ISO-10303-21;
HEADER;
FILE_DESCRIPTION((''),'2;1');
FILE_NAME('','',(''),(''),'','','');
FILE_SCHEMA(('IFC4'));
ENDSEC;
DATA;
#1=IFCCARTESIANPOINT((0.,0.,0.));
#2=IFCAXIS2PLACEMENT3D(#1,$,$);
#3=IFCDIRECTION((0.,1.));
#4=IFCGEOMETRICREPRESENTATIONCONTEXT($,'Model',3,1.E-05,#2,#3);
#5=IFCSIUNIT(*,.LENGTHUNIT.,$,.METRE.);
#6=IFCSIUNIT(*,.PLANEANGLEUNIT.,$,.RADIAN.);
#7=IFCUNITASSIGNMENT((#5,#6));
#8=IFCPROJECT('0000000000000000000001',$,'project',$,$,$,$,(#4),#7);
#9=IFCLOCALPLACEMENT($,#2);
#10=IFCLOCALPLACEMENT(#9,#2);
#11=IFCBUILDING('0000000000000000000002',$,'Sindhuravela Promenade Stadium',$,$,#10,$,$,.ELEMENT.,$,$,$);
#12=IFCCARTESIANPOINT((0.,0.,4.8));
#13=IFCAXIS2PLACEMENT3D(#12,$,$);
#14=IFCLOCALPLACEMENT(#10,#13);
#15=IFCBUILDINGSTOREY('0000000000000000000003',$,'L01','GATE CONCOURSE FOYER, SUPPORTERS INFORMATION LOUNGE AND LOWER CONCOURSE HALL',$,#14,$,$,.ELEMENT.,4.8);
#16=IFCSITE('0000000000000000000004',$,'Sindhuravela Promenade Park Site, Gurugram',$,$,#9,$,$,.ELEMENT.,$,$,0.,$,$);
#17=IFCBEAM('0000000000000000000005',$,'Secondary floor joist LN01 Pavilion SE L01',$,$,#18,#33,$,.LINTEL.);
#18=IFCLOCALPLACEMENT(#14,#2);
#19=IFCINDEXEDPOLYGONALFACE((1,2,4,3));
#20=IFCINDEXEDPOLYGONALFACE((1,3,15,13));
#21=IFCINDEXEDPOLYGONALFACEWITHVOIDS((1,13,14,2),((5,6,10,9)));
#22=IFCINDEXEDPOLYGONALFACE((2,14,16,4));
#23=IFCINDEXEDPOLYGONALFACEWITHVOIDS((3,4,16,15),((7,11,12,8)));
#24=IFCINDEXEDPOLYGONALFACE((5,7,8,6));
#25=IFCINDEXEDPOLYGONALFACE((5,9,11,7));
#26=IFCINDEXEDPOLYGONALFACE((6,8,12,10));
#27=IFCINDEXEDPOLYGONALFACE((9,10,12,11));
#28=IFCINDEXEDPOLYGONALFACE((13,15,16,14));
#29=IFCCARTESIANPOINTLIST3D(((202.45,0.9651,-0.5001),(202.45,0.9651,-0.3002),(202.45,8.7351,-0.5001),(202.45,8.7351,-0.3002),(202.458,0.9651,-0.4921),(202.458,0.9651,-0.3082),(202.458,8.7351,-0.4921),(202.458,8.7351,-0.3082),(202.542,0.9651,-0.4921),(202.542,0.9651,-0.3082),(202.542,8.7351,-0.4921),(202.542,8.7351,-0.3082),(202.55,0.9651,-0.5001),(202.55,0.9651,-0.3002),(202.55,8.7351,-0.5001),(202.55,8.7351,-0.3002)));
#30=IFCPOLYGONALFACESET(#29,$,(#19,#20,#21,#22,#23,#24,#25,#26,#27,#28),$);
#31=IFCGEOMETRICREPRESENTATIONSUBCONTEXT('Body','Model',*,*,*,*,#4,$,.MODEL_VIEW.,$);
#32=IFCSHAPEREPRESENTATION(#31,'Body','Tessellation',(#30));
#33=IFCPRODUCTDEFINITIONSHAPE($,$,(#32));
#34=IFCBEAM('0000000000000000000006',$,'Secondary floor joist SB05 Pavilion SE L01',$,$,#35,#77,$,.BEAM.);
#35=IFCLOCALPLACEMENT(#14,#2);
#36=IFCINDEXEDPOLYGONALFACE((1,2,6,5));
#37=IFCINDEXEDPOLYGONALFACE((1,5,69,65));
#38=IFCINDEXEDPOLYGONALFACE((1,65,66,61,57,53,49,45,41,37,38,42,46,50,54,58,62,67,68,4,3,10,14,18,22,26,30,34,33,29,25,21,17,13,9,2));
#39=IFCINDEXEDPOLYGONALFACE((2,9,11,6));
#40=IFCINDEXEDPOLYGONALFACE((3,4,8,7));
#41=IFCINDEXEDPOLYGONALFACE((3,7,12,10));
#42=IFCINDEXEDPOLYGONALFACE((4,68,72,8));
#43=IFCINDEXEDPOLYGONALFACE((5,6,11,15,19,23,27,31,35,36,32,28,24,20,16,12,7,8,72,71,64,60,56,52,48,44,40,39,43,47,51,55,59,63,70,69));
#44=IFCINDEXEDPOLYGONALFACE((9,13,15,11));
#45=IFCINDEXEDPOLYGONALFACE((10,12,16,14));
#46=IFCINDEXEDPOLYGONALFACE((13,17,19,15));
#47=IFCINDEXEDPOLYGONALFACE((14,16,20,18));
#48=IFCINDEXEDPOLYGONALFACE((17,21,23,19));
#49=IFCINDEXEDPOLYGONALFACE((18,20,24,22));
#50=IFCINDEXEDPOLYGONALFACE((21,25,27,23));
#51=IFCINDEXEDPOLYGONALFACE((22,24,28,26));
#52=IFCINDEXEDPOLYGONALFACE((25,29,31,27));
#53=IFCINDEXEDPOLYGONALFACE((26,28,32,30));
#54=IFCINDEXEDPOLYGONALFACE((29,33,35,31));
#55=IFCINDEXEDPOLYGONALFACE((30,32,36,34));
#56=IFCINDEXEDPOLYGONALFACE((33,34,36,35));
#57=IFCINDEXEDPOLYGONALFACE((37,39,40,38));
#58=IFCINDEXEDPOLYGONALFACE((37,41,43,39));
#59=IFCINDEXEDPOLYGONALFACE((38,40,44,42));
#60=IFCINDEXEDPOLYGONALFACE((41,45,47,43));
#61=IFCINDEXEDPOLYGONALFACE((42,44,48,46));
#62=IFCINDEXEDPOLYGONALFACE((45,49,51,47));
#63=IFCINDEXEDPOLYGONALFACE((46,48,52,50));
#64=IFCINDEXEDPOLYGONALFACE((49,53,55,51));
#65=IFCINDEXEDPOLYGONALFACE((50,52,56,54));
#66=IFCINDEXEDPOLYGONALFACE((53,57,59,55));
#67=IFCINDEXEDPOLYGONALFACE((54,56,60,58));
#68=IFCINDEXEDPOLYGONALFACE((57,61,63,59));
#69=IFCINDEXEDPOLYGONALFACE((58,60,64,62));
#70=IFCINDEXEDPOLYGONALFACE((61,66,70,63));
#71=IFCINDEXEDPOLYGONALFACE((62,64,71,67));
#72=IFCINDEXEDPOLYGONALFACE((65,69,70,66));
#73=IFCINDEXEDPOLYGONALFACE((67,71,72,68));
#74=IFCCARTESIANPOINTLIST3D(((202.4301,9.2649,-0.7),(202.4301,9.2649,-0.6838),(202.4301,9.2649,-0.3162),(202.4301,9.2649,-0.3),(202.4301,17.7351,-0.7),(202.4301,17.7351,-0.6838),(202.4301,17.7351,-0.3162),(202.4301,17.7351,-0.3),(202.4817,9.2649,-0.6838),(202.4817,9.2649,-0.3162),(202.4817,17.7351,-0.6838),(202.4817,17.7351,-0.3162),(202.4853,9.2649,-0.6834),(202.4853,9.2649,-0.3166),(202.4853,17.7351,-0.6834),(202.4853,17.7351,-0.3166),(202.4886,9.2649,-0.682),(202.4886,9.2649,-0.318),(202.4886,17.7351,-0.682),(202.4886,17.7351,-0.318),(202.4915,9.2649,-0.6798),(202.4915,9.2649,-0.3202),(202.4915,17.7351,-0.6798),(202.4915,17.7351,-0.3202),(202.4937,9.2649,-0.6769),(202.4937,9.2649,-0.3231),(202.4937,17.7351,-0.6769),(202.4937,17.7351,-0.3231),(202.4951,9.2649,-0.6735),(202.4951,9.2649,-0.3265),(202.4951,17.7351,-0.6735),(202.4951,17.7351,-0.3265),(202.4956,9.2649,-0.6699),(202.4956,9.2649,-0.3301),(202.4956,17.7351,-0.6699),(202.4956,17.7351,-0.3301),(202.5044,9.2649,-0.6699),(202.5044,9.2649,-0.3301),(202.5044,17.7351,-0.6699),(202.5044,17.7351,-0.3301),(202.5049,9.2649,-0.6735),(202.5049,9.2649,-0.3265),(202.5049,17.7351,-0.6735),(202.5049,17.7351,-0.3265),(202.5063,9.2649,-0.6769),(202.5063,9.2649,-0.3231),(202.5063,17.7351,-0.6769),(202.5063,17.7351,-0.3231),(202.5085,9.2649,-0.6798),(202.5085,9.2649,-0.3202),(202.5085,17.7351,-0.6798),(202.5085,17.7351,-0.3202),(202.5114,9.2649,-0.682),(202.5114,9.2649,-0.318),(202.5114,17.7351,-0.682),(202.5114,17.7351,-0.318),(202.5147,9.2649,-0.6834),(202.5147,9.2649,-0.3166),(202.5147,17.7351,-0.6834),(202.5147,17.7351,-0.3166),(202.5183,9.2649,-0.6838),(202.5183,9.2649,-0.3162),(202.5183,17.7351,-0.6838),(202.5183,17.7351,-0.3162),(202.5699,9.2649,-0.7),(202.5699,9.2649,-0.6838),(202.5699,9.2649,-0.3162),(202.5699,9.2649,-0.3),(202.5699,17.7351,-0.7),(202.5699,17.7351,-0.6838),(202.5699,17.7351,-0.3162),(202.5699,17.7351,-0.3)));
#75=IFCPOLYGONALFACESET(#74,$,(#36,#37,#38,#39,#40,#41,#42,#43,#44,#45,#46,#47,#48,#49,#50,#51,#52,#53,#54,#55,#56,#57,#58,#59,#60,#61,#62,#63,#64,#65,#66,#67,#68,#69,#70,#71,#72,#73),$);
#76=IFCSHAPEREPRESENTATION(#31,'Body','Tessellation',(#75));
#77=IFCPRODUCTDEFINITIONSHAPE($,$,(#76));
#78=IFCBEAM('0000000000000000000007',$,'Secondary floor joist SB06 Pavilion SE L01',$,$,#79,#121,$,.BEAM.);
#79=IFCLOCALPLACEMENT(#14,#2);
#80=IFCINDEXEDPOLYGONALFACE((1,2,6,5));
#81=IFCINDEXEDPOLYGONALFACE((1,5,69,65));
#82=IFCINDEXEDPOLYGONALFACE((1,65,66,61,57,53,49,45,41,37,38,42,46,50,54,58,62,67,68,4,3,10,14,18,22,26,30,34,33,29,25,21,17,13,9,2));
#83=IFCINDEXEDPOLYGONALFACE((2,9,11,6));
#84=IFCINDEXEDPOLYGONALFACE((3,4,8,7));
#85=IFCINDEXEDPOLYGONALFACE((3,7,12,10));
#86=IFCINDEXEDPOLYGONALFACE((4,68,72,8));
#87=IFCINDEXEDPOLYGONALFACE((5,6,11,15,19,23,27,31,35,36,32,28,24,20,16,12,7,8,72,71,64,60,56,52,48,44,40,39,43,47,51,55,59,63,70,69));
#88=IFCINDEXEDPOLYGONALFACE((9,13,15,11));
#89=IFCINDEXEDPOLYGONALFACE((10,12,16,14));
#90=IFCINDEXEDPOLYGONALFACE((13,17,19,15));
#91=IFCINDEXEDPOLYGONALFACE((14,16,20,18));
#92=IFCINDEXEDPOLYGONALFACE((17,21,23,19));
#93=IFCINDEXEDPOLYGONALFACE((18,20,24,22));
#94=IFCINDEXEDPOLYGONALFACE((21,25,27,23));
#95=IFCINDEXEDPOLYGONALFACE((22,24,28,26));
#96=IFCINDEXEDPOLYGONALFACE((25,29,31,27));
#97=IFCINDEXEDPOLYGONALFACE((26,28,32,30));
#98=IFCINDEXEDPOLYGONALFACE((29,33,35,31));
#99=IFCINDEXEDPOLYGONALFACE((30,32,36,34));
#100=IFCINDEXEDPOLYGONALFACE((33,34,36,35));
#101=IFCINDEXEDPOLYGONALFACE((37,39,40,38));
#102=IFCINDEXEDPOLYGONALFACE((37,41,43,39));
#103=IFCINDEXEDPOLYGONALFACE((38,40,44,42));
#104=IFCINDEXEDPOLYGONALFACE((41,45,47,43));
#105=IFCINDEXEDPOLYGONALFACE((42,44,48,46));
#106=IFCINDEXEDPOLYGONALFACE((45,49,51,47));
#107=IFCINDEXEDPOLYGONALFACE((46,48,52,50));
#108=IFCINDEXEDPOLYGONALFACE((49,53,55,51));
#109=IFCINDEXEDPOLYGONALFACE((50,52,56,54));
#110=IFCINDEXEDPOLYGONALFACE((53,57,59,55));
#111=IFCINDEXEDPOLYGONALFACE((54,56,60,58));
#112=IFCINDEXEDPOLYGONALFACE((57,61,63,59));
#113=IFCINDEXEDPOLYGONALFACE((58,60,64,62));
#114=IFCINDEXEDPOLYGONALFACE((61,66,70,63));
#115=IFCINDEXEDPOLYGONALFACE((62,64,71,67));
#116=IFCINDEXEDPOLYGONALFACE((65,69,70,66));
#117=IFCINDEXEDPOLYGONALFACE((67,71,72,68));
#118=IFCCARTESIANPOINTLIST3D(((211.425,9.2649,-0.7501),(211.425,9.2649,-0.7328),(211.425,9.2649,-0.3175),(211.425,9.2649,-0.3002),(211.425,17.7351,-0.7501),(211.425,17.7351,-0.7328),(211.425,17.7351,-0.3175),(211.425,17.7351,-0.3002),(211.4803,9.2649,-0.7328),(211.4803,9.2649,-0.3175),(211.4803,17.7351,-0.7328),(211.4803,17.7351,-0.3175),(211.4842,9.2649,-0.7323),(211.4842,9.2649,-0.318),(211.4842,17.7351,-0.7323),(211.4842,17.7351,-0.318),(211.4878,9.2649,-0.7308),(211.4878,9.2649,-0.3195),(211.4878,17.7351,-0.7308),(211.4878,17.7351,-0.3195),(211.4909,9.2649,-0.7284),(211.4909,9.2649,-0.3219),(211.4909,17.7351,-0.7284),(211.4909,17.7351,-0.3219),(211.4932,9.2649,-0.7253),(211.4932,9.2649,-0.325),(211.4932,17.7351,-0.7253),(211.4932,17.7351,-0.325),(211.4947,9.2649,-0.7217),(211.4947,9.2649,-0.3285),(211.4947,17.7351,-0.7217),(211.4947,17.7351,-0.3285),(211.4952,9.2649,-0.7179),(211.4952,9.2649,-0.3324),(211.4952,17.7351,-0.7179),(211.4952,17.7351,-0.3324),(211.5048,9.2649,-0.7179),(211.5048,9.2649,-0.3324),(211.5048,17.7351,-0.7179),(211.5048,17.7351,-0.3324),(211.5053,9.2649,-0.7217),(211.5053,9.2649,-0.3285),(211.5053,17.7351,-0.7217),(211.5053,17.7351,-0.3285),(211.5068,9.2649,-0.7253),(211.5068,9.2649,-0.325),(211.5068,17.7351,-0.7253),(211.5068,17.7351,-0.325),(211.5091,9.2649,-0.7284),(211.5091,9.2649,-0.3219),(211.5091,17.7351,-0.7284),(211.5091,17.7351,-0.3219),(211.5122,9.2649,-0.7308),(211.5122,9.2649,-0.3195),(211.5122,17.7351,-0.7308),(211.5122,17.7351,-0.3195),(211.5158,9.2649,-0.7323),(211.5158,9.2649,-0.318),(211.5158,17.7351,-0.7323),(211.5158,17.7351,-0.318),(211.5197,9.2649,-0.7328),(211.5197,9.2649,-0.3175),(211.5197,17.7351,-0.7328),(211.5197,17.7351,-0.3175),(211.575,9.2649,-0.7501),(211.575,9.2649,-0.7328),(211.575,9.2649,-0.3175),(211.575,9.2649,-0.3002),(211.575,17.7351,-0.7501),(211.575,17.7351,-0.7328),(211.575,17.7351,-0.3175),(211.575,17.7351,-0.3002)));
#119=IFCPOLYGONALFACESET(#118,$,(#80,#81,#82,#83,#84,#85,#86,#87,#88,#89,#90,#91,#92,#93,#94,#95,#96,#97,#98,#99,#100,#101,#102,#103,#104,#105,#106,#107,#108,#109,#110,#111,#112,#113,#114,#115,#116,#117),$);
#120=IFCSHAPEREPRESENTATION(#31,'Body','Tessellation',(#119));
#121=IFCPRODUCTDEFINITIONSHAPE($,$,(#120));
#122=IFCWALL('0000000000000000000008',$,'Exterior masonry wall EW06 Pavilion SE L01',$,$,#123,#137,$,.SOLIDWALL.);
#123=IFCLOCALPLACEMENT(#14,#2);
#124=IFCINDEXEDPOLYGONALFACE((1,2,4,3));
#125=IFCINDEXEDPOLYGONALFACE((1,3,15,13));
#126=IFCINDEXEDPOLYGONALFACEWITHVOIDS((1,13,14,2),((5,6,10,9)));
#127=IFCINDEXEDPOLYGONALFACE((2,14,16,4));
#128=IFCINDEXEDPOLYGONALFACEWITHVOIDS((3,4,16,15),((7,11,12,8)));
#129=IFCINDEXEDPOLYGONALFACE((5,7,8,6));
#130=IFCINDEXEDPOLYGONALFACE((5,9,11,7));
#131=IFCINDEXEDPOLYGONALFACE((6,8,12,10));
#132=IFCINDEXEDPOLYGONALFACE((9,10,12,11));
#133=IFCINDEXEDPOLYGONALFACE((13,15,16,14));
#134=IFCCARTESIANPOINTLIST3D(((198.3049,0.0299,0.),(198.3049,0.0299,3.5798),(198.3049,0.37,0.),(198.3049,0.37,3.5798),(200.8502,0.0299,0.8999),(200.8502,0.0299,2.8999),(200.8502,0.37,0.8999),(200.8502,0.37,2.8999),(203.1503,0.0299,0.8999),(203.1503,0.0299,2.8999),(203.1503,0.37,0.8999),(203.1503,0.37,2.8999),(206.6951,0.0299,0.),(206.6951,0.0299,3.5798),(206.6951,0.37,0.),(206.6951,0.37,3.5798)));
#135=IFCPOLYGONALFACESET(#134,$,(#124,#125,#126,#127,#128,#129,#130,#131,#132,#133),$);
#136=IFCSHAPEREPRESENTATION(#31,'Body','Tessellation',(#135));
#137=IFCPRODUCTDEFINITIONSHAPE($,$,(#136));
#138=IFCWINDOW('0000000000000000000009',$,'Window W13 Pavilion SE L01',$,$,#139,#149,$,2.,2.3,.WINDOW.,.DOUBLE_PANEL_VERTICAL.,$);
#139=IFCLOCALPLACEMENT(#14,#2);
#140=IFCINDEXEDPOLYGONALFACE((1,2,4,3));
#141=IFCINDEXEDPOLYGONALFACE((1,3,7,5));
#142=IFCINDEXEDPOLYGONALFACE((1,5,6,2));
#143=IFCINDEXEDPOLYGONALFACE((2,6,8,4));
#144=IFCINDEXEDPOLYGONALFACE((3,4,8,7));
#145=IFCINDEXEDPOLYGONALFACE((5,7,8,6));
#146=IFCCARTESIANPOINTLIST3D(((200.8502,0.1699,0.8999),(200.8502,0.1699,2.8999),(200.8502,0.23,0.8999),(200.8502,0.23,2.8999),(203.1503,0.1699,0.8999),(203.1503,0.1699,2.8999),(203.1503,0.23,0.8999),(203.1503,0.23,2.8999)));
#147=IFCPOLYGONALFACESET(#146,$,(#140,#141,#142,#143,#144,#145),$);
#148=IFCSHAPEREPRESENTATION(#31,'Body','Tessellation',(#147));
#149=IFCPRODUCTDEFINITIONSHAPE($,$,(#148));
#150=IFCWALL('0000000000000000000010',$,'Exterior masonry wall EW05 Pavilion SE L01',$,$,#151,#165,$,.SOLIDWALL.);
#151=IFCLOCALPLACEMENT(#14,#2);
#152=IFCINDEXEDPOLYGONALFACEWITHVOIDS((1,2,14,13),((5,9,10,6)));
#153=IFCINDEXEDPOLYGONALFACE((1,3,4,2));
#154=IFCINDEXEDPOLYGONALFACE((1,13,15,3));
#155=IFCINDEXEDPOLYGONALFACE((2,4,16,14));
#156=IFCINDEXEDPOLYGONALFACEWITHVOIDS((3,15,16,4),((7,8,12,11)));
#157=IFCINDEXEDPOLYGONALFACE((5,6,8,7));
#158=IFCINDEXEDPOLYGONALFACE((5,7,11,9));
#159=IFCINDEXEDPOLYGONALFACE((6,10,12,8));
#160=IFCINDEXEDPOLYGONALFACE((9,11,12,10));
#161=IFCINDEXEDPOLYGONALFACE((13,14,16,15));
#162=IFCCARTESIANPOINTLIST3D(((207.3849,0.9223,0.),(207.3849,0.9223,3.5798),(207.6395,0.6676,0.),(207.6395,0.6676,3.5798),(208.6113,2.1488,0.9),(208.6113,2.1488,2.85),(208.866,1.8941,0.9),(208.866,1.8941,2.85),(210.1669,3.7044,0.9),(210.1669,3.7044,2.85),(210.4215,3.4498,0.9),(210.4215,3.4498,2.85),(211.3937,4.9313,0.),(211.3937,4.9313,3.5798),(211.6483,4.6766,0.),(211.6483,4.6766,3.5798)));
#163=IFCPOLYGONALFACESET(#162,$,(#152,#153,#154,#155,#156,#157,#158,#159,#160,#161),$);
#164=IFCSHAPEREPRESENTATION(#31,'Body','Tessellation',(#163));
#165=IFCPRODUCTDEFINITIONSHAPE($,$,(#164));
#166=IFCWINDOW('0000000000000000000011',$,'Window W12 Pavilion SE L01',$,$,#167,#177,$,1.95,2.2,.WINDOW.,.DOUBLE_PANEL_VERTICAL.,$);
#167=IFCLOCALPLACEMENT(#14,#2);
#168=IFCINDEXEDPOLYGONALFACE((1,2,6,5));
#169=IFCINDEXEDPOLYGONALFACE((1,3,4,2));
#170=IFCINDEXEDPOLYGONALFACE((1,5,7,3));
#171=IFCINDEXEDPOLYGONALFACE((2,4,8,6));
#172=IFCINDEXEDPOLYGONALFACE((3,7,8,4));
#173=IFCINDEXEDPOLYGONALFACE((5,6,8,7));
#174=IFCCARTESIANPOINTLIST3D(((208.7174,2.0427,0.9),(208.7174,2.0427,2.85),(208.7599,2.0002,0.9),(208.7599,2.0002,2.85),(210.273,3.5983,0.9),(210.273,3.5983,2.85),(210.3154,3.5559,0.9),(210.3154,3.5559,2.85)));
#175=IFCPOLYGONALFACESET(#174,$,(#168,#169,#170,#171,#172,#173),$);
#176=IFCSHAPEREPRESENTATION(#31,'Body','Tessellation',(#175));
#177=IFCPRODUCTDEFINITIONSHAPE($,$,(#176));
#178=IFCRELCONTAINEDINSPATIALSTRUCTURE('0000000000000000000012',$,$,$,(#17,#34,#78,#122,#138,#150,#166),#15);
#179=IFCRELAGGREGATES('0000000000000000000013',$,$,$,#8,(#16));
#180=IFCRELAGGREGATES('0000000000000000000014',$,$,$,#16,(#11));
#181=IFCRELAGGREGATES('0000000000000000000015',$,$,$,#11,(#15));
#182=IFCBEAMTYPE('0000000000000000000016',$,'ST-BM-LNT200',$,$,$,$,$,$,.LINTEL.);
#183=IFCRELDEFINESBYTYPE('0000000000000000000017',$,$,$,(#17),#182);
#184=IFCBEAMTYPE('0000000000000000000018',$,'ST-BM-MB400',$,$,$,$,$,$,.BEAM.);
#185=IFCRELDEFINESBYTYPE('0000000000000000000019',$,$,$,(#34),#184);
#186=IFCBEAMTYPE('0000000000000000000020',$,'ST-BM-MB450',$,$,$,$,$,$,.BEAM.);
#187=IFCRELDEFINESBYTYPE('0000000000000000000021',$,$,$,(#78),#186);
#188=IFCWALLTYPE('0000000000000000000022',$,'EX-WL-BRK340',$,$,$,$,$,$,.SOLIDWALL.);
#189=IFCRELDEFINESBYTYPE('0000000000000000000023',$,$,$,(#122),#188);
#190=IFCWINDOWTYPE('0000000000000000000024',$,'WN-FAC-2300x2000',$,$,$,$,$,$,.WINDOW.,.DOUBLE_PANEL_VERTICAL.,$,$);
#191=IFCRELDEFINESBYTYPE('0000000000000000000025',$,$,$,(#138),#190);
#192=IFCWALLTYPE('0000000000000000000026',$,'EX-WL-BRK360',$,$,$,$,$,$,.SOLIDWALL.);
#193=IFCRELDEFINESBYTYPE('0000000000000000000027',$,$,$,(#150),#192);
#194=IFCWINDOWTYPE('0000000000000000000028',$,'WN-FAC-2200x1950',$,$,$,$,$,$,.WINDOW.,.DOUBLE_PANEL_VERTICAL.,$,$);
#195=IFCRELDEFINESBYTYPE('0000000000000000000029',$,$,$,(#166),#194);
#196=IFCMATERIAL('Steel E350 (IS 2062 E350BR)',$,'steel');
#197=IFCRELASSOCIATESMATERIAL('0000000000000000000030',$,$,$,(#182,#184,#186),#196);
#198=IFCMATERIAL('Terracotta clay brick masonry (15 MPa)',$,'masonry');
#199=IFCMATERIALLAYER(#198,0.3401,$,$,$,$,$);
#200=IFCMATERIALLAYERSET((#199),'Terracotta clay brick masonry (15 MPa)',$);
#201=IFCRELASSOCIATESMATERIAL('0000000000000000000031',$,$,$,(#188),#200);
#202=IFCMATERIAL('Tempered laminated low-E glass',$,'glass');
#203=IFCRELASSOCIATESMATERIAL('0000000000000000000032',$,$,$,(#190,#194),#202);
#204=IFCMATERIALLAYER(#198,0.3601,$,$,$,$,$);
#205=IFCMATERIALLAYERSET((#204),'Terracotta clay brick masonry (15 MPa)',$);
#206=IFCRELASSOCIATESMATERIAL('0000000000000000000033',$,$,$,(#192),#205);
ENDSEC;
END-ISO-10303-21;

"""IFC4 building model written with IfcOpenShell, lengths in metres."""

from ifc_helpers import new_model, si_unit, direction, frame, frame_2d, origin, origin_2d, place, context, subcontext, project, spatial, rectangle, hollow_rectangle, i_section, extrude, material, layer, layer_set, material_profile, profile_set, type_object, element, fill, save


model = new_model("IFC4")

# Units and contexts
model_context = context("Model", 3, precision=1e-05, world=origin(), true_north=direction((0.0, 1.0)))
body_context = subcontext(model_context, "Body", "Model", "MODEL_VIEW")
ifc_project = project(units=[si_unit("LENGTHUNIT", "METRE"), si_unit("PLANEANGLEUNIT", "RADIAN")], contexts=[model_context])

# Site, building, storey
site_placement = place(None, origin())
site = spatial("IfcSite", under=ifc_project, at=site_placement, Name="Sindhuravela Promenade Park Site, Gurugram", CompositionType="ELEMENT", RefElevation=0.0)
building_placement = place(site_placement, origin())
building = spatial("IfcBuilding", under=site, at=building_placement, Name="Sindhuravela Promenade Stadium", CompositionType="ELEMENT")
storey_placement = place(building_placement, frame((0.0, 0.0, 4.8)))
storey = spatial("IfcBuildingStorey", under=building, at=storey_placement, Name="L01", Description="GATE CONCOURSE FOYER, SUPPORTERS INFORMATION LOUNGE AND LOWER CONCOURSE HALL", CompositionType="ELEMENT", Elevation=4.8)

# Beams
ifc_material_1 = material(Name="Steel E350 (IS 2062 E350BR)", Category="steel")
ifc_material_profile_1 = material_profile(ifc_material_1, hollow_rectangle(XDim=0.1001, YDim=0.2, WallThickness=0.0081, at=origin_2d()), Name="RHS 200x100x8")
ifc_profile_set_1 = profile_set([ifc_material_profile_1], Name="Steel E350 (IS 2062 E350BR)")
beam_type_1 = type_object("IfcBeamType", Name="ST-BM-LNT200", PredefinedType="LINTEL", material=ifc_profile_set_1)
beam_1_placement = place(storey_placement, frame((202.5, 0.9651, -0.4001), z_axis=(0.0, 1.0, 0.0), x_axis=(-1.0, 0.0, 0.0)))
element("IfcBeam", 1, at=beam_1_placement, inside=storey, type_object=beam_type_1, Name="Secondary floor joist LN01 Pavilion SE L01", PredefinedType="LINTEL", context=body_context, shape_type="SweptSolid", body=[
    extrude(hollow_rectangle(XDim=0.1001, YDim=0.2, WallThickness=0.0081, at=origin_2d()), origin(), (0.0, 0.0, 1.0), 7.77),
])
ifc_material_profile_2 = material_profile(ifc_material_1, i_section(OverallWidth=0.1399, OverallDepth=0.3999, WebThickness=0.0088, FlangeThickness=0.0161, FilletRadius=0.0139, at=origin_2d()), Name="ISMB 400")
ifc_profile_set_2 = profile_set([ifc_material_profile_2], Name="Steel E350 (IS 2062 E350BR)")
beam_type_2 = type_object("IfcBeamType", Name="ST-BM-MB400", PredefinedType="BEAM", material=ifc_profile_set_2)
beam_2_placement = place(storey_placement, frame((202.5, 9.2649, -0.5), z_axis=(0.0, 1.0, 0.0), x_axis=(-1.0, 0.0, 0.0)))
element("IfcBeam", 2, at=beam_2_placement, inside=storey, type_object=beam_type_2, Name="Secondary floor joist SB05 Pavilion SE L01", PredefinedType="BEAM", context=body_context, shape_type="SweptSolid", body=[
    extrude(i_section(OverallWidth=0.1399, OverallDepth=0.3999, WebThickness=0.0088, FlangeThickness=0.0161, FilletRadius=0.0139, at=origin_2d()), origin(), (0.0, 0.0, 1.0), 8.4702),
])
ifc_material_profile_3 = material_profile(ifc_material_1, i_section(OverallWidth=0.1499, OverallDepth=0.45, WebThickness=0.0095, FlangeThickness=0.0173, FilletRadius=0.0149, at=origin_2d()), Name="ISMB 450")
ifc_profile_set_3 = profile_set([ifc_material_profile_3], Name="Steel E350 (IS 2062 E350BR)")
beam_type_3 = type_object("IfcBeamType", Name="ST-BM-MB450", PredefinedType="BEAM", material=ifc_profile_set_3)
beam_3_placement = place(storey_placement, frame((211.5, 9.2649, -0.5251), z_axis=(0.0, 1.0, 0.0), x_axis=(-1.0, 0.0, 0.0)))
element("IfcBeam", 3, at=beam_3_placement, inside=storey, type_object=beam_type_3, Name="Secondary floor joist SB06 Pavilion SE L01", PredefinedType="BEAM", context=body_context, shape_type="SweptSolid", body=[
    extrude(i_section(OverallWidth=0.1499, OverallDepth=0.45, WebThickness=0.0095, FlangeThickness=0.0173, FilletRadius=0.0149, at=origin_2d()), origin(), (0.0, 0.0, 1.0), 8.4702),
])

# Walls, openings, windows
ifc_material_2 = material(Name="Terracotta clay brick masonry (15 MPa)", Category="masonry")
ifc_layer_1 = layer(ifc_material_2, 0.3401)
ifc_layer_set_1 = layer_set([ifc_layer_1], Name="Terracotta clay brick masonry (15 MPa)")
wall_type_1 = type_object("IfcWallType", Name="EX-WL-BRK340", PredefinedType="SOLIDWALL", material=ifc_layer_set_1)
wall_1_placement = place(storey_placement, frame((206.6951, 0.2, 0.0), z_axis=(0.0, 0.0, 1.0), x_axis=(-1.0, 0.0, 0.0)))
wall_1 = element("IfcWall", 4, at=wall_1_placement, inside=storey, type_object=wall_type_1, Name="Exterior masonry wall EW06 Pavilion SE L01", PredefinedType="SOLIDWALL", context=body_context, shape_type="SweptSolid", body=[
    extrude(rectangle(XDim=8.3901, YDim=0.3401, at=frame_2d((4.1951, 0.0))), origin(), (0.0, 0.0, 1.0), 3.5798),
])
opening_1_placement = place(wall_1_placement, frame((3.5449, 0.0, 0.8999)))
opening_1 = element("IfcOpeningElement", 5, at=opening_1_placement, cuts=wall_1, PredefinedType="OPENING", context=body_context, shape_type="SweptSolid", body=[
    extrude(rectangle(XDim=2.3, YDim=2.0, at=frame_2d((1.1499, 1.0))), frame((0.0, 0.1799, 0.0), z_axis=(0.0, -1.0, 0.0), x_axis=(1.0, 0.0, 0.0)), (0.0, 0.0, 1.0), 0.3601),
])
ifc_material_3 = material(Name="Tempered laminated low-E glass", Category="glass")
window_type_1 = type_object("IfcWindowType", Name="WN-FAC-2300x2000", PartitioningType="DOUBLE_PANEL_VERTICAL", PredefinedType="WINDOW", material=ifc_material_3)
window_1_placement = place(opening_1_placement, origin())
window_1 = element("IfcWindow", 6, at=window_1_placement, inside=storey, type_object=window_type_1, Name="Window W13 Pavilion SE L01", OverallHeight=2.0, OverallWidth=2.3, PartitioningType="DOUBLE_PANEL_VERTICAL", PredefinedType="WINDOW", context=body_context, shape_type="SweptSolid", body=[
    extrude(rectangle(XDim=2.3, YDim=2.0, at=frame_2d((1.1499, 1.0))), frame((0.0, 0.03, 0.0), z_axis=(0.0, -1.0, 0.0), x_axis=(1.0, 0.0, 0.0)), (0.0, 0.0, 1.0), 0.0601),
])
fill(opening_1, window_1)
ifc_layer_2 = layer(ifc_material_2, 0.3601)
ifc_layer_set_2 = layer_set([ifc_layer_2], Name="Terracotta clay brick masonry (15 MPa)")
wall_type_2 = type_object("IfcWallType", Name="EX-WL-BRK360", PredefinedType="SOLIDWALL", material=ifc_layer_set_2)
wall_2_placement = place(storey_placement, frame((211.521, 4.804, 0.0), z_axis=(0.0, 0.0, 1.0), x_axis=(-0.707085, -0.707128, 0.0)))
wall_2 = element("IfcWall", 7, at=wall_2_placement, inside=storey, type_object=wall_type_2, Name="Exterior masonry wall EW05 Pavilion SE L01", PredefinedType="SOLIDWALL", context=body_context, shape_type="SweptSolid", body=[
    extrude(rectangle(XDim=5.6694, YDim=0.3601, at=frame_2d((2.8347, 0.0))), origin(), (0.0, 0.0, 1.0), 3.5798),
])
opening_2_placement = place(wall_2_placement, frame((1.7349, 0.0, 0.8999)))
opening_2 = element("IfcOpeningElement", 8, at=opening_2_placement, cuts=wall_2, PredefinedType="OPENING", context=body_context, shape_type="SweptSolid", body=[
    extrude(rectangle(XDim=2.2, YDim=1.95, at=frame_2d((1.1001, 0.9751))), frame((0.0, 0.1899, 0.0), z_axis=(0.0, -1.0, 0.0), x_axis=(1.0, 0.0, 0.0)), (0.0, 0.0, 1.0), 0.3801),
])
window_type_2 = type_object("IfcWindowType", Name="WN-FAC-2200x1950", PartitioningType="DOUBLE_PANEL_VERTICAL", PredefinedType="WINDOW", material=ifc_material_3)
window_2_placement = place(opening_2_placement, origin())
window_2 = element("IfcWindow", 9, at=window_2_placement, inside=storey, type_object=window_type_2, Name="Window W12 Pavilion SE L01", OverallHeight=1.95, OverallWidth=2.2, PartitioningType="DOUBLE_PANEL_VERTICAL", PredefinedType="WINDOW", context=body_context, shape_type="SweptSolid", body=[
    extrude(rectangle(XDim=2.2, YDim=1.95, at=frame_2d((1.1001, 0.9751))), frame((0.0, 0.03, 0.0), z_axis=(0.0, -1.0, 0.0), x_axis=(1.0, 0.0, 0.0)), (0.0, 0.0, 1.0), 0.0601),
])
fill(opening_2, window_2)

save(model, "model.ifc")
